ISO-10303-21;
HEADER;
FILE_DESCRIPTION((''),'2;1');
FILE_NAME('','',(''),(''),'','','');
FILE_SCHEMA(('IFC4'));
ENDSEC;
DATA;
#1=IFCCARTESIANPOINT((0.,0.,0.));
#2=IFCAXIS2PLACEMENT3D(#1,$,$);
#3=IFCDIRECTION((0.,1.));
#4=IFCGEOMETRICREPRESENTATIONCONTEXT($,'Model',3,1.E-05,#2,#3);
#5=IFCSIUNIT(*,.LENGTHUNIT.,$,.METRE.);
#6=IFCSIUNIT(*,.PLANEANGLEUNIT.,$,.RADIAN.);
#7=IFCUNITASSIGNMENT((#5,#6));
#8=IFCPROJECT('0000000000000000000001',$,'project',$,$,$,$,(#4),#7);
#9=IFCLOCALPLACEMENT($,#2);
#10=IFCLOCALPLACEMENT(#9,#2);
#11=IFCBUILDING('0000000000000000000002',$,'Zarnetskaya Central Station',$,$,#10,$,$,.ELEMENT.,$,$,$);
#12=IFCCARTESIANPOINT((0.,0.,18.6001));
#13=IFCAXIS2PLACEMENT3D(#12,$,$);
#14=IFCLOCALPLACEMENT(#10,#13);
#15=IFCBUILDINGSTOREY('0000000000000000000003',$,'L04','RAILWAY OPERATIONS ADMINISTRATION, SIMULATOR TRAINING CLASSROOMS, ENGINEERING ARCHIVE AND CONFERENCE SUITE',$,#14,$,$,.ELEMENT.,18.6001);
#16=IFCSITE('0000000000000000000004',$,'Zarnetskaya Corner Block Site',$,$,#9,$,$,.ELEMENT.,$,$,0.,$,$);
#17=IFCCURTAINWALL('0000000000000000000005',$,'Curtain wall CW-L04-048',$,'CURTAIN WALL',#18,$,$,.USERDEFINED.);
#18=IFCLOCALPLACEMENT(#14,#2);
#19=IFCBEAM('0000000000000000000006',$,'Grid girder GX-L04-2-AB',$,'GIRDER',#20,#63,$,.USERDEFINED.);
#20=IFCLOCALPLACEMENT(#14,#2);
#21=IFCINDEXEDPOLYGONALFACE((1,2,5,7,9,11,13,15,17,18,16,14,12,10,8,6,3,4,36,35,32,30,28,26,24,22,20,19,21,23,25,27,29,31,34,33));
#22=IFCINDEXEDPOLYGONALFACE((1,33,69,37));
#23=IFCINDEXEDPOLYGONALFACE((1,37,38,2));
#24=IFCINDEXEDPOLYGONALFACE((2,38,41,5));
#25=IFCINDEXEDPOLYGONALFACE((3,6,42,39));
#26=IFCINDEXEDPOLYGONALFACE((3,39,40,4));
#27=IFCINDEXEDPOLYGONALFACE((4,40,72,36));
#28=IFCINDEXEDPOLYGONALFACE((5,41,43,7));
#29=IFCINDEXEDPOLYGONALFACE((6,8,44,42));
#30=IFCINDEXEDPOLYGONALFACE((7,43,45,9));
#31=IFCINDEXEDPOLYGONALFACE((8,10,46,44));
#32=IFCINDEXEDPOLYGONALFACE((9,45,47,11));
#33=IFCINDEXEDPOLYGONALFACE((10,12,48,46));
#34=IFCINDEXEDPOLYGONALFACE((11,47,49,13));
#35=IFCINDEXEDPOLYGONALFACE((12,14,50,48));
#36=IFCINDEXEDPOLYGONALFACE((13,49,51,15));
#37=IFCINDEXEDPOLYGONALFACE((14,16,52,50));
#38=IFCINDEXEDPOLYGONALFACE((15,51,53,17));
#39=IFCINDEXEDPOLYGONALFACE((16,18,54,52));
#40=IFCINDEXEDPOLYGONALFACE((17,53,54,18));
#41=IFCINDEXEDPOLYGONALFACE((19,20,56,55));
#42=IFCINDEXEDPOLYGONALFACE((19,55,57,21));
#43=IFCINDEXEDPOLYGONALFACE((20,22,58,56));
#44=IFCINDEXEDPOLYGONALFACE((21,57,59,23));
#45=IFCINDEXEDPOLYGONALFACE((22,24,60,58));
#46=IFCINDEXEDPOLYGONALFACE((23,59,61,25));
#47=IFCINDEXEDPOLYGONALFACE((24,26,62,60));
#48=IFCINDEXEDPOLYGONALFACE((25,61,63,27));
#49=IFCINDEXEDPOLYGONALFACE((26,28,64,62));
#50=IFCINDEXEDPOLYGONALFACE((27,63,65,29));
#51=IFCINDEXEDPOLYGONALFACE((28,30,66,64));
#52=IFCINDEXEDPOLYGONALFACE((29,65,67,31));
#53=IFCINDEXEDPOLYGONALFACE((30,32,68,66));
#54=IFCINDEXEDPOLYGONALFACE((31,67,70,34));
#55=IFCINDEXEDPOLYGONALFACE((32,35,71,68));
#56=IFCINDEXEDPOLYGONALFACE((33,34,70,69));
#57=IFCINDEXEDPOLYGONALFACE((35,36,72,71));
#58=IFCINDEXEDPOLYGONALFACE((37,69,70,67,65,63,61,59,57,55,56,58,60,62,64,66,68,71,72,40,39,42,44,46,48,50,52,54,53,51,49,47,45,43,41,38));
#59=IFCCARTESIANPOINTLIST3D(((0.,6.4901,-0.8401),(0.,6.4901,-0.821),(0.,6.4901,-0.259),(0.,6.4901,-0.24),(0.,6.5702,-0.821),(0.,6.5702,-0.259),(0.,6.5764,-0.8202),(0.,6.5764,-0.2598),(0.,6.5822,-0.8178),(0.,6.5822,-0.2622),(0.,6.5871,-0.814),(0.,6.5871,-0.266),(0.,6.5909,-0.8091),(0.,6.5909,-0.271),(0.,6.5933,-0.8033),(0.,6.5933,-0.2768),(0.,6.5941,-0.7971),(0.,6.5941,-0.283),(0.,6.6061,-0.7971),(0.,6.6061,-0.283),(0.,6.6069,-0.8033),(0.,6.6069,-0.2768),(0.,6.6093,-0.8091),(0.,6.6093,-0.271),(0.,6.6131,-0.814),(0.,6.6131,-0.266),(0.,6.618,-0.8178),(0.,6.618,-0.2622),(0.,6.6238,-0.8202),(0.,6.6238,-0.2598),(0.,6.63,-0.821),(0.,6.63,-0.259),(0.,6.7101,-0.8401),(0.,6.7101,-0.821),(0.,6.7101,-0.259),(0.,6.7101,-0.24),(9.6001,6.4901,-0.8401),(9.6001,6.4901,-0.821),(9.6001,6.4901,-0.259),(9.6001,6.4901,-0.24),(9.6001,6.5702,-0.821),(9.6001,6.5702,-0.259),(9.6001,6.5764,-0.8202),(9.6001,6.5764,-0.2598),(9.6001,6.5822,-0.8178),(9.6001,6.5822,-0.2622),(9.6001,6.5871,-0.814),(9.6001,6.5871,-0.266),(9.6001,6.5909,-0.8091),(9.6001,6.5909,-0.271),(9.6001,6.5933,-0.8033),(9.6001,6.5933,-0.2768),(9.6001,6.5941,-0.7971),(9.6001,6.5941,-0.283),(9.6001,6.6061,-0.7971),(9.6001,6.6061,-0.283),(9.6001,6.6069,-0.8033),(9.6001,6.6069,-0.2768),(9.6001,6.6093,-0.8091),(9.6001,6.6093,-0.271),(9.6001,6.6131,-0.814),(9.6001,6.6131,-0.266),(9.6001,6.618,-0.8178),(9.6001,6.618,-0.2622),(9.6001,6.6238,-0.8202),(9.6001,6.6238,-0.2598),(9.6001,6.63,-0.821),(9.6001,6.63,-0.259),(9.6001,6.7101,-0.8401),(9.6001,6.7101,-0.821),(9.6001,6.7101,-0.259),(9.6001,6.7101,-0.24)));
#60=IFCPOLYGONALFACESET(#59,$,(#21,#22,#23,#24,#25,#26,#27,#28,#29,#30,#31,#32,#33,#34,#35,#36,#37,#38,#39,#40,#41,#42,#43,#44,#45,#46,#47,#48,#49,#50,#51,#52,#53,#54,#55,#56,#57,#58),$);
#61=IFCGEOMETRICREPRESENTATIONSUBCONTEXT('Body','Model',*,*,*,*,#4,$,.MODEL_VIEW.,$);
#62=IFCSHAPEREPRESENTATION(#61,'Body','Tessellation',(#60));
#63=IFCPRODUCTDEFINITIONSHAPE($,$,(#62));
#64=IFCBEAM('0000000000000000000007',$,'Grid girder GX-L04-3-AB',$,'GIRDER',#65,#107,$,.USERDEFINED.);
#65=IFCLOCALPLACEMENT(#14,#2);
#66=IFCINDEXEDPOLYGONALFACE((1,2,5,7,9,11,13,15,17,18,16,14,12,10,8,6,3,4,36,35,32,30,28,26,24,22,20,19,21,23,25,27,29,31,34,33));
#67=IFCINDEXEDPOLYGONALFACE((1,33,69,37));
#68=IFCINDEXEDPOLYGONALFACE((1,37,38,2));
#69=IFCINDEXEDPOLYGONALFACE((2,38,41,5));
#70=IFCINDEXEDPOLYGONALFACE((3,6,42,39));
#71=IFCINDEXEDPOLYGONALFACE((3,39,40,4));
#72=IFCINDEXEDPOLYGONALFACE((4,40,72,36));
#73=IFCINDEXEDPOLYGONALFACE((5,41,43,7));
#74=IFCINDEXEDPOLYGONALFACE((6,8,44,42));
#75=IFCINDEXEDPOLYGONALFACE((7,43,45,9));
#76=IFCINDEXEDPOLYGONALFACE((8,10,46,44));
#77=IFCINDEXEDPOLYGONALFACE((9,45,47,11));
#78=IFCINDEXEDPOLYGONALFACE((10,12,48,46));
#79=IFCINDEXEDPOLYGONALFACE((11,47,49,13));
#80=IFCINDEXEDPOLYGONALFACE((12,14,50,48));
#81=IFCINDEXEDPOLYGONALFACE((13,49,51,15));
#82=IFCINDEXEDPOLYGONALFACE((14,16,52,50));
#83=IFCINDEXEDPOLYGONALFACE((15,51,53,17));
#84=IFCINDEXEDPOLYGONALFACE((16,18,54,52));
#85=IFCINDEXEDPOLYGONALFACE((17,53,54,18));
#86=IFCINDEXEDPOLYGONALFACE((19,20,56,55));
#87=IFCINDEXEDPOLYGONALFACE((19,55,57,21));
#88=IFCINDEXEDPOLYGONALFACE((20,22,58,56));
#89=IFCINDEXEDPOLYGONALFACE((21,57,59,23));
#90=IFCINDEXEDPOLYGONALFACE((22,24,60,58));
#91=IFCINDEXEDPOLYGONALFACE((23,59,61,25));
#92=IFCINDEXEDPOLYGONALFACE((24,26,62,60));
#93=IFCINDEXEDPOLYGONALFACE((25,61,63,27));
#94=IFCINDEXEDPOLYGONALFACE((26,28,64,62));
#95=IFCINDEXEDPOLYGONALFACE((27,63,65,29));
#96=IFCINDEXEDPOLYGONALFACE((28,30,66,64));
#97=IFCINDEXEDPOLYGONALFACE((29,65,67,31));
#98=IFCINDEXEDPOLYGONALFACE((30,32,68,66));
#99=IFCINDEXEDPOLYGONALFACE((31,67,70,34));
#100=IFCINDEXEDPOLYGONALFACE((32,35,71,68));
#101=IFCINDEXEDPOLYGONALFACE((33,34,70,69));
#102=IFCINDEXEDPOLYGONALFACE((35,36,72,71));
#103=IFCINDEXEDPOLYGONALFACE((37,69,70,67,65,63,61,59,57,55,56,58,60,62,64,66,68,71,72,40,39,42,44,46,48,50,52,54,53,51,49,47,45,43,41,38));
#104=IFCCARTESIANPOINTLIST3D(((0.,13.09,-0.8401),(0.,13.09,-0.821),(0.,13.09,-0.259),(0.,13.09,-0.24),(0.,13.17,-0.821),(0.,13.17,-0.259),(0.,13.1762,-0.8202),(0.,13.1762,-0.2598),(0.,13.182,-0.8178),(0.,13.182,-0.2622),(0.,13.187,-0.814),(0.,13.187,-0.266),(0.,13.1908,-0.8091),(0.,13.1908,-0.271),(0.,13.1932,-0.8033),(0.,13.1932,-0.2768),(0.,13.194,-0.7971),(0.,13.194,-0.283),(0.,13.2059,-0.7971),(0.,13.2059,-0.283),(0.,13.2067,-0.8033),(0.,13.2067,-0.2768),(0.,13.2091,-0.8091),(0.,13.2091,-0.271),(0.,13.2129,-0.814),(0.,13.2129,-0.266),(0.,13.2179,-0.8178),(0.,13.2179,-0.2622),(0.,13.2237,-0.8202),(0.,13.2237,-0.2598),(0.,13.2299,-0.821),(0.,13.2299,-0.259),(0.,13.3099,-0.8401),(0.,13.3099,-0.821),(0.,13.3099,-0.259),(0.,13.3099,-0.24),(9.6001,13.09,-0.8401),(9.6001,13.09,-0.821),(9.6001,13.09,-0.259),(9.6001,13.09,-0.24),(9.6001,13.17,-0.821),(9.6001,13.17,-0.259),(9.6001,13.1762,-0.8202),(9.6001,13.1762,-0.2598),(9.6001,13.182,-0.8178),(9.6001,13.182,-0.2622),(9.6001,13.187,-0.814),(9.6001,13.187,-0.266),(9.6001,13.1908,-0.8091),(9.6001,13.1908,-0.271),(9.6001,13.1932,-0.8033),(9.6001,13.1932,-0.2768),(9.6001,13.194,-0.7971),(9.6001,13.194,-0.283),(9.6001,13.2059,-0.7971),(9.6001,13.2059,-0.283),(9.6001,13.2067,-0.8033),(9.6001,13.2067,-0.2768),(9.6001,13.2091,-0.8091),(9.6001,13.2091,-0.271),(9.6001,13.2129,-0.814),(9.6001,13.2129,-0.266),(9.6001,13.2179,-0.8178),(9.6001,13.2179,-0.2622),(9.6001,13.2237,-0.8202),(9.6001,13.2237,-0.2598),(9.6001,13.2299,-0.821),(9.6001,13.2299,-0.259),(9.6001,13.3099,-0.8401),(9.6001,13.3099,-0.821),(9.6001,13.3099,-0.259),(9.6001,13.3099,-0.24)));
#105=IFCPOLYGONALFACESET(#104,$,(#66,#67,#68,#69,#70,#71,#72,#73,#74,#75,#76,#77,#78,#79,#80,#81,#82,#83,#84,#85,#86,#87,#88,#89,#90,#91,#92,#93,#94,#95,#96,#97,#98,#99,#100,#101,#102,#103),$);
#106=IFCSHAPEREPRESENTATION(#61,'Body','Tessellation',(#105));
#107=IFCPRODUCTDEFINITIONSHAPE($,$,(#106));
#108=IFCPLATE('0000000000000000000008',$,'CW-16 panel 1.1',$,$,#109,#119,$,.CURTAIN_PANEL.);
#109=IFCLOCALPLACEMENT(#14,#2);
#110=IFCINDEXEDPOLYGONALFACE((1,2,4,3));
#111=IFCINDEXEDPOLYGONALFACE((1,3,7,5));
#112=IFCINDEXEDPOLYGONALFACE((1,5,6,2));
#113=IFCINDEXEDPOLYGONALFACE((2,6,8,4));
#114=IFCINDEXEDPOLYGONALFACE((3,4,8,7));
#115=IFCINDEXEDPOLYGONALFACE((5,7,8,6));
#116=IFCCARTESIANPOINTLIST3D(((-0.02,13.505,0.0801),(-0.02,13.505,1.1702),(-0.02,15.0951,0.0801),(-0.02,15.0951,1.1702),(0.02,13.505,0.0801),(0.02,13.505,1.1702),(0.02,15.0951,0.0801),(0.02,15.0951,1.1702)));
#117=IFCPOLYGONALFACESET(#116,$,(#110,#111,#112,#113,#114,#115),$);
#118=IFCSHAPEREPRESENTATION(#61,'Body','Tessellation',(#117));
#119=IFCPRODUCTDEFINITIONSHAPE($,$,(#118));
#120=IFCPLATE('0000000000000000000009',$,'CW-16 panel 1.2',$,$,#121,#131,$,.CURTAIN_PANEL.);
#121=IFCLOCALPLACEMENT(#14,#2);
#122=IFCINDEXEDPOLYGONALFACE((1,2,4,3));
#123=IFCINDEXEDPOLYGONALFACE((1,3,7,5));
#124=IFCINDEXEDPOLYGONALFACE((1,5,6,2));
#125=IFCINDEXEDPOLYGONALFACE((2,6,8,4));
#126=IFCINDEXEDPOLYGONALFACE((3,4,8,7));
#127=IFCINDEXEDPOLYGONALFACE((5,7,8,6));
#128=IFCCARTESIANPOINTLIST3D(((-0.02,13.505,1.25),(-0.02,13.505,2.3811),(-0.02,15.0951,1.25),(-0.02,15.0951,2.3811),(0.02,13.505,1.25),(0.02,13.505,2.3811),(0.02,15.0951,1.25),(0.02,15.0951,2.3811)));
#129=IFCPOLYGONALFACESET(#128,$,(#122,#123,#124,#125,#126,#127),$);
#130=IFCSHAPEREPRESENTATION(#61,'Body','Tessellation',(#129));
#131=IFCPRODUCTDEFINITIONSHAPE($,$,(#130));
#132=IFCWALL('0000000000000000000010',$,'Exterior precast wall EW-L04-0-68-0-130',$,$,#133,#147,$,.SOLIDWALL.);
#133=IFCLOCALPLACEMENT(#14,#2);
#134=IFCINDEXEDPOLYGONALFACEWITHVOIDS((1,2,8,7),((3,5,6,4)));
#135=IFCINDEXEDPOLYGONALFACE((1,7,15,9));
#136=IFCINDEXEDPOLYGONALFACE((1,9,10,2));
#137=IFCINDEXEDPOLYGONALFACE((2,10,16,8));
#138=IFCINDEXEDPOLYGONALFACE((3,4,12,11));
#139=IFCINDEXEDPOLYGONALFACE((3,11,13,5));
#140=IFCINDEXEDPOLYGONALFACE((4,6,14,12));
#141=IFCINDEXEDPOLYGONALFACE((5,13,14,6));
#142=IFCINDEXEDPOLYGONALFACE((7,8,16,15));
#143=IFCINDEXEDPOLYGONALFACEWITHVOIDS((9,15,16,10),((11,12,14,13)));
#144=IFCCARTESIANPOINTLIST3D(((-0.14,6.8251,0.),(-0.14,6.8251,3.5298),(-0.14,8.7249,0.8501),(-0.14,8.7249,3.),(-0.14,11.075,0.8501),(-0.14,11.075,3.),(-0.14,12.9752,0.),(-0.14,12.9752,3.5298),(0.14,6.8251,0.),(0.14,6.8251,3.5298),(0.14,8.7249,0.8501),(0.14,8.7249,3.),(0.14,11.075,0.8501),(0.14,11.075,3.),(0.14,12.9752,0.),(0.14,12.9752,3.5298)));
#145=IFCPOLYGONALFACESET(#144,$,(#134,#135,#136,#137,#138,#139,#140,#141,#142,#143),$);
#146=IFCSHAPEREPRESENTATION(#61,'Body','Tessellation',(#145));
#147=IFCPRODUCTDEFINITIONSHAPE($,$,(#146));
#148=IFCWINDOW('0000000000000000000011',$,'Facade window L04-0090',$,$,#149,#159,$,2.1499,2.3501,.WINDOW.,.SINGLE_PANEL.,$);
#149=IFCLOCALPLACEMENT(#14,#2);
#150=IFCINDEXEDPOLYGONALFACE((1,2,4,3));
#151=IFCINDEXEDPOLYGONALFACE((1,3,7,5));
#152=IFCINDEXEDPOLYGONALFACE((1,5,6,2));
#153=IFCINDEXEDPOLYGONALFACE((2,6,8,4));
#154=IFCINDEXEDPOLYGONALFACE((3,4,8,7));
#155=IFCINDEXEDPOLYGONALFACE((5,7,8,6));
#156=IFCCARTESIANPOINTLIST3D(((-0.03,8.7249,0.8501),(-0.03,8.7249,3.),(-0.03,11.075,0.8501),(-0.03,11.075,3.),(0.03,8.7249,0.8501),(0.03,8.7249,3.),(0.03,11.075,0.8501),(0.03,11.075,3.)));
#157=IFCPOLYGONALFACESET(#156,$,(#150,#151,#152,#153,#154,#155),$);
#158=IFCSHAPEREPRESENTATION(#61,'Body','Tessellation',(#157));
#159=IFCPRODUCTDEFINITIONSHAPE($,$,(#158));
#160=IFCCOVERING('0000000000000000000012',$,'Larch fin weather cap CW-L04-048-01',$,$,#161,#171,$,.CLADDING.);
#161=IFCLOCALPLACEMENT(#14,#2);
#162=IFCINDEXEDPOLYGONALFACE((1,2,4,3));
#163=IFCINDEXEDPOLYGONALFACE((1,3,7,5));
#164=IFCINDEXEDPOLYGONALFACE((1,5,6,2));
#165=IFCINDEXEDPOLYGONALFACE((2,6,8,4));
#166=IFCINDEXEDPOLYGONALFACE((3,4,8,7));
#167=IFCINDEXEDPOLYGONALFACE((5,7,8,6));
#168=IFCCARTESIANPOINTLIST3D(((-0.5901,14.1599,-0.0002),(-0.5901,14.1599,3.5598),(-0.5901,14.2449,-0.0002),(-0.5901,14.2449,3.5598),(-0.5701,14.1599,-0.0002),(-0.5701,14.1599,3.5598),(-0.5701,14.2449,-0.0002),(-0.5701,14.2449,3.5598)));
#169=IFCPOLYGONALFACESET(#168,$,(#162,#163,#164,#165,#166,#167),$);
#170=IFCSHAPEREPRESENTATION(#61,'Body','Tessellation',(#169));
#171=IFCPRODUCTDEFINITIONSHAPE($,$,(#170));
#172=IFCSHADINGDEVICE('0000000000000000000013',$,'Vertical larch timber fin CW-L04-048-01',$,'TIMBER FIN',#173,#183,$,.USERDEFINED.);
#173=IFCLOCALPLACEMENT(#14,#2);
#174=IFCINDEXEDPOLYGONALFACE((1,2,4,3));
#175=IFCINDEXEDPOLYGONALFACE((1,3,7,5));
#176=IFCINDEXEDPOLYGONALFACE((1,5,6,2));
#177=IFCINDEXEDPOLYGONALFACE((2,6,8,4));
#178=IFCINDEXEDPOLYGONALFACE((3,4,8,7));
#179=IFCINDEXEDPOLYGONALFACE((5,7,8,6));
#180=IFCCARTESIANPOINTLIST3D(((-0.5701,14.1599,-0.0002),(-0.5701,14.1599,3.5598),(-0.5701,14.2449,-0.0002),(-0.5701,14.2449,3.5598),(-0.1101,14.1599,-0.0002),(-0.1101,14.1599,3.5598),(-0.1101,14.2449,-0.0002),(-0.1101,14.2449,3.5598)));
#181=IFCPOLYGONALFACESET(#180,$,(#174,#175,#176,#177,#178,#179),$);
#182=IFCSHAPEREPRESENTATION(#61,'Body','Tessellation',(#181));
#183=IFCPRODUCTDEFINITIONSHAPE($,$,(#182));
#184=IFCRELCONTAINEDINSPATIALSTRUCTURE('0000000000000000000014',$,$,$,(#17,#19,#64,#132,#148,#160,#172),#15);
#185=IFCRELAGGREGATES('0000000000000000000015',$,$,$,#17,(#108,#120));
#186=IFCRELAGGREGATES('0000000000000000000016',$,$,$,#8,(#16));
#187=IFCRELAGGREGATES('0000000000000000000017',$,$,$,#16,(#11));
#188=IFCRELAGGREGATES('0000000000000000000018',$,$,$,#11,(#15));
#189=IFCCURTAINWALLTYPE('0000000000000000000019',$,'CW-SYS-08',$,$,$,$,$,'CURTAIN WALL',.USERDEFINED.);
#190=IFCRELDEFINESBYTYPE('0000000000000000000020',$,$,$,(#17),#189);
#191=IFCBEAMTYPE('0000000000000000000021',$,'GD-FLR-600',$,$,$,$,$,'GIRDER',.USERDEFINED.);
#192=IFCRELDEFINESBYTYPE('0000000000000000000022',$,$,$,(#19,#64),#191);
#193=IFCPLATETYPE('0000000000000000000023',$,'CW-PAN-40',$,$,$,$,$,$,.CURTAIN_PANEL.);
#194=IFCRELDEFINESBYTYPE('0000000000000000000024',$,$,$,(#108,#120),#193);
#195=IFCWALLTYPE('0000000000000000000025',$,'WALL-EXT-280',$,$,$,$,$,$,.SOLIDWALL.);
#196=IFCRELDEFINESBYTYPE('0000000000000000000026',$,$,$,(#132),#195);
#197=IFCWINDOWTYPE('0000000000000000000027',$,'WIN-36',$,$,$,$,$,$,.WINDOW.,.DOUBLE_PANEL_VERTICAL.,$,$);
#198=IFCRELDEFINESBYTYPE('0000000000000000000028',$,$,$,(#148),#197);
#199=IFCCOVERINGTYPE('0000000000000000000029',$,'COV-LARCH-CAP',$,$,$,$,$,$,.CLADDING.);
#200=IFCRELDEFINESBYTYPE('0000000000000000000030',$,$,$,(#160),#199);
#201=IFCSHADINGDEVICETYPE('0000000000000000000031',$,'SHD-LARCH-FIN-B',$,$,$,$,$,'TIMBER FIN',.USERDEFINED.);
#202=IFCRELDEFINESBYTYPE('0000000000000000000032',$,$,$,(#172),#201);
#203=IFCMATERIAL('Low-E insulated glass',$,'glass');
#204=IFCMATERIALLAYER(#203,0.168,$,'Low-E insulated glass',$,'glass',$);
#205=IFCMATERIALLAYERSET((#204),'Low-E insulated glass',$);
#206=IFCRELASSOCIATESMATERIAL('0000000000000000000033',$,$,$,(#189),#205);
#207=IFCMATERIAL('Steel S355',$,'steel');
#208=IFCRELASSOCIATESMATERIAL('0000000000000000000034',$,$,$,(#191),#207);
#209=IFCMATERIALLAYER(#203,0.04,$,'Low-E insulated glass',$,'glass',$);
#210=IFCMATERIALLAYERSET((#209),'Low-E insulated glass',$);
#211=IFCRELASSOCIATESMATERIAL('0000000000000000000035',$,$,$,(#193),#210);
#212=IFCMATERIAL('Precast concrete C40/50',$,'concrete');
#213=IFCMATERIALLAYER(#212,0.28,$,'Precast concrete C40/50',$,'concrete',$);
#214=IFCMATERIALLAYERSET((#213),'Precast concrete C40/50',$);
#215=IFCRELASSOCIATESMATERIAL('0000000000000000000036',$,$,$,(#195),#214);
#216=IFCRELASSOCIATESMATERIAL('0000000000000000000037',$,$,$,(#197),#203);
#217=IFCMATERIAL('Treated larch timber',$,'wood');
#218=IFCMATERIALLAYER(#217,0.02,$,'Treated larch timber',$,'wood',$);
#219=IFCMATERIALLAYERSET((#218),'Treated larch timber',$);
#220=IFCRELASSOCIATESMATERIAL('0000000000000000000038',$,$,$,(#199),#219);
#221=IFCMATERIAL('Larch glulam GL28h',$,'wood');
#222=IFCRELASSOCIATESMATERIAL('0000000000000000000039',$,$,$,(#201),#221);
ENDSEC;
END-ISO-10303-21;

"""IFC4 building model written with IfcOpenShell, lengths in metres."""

from ifc_helpers import new_model, si_unit, direction, frame, frame_2d, origin, origin_2d, place, context, subcontext, project, spatial, rectangle, i_section, extrude, material, layer, layer_set, material_profile, profile_set, type_object, element, fill, aggregate, save


model = new_model("IFC4")

# Units and contexts
model_context = context("Model", 3, precision=1e-05, world=origin(), true_north=direction((0.0, 1.0)))
body_context = subcontext(model_context, "Body", "Model", "MODEL_VIEW")
ifc_project = project(units=[si_unit("LENGTHUNIT", "METRE"), si_unit("PLANEANGLEUNIT", "RADIAN")], contexts=[model_context])

# Site, building, storey
site_placement = place(None, origin())
site = spatial("IfcSite", under=ifc_project, at=site_placement, Name="Zarnetskaya Corner Block Site", CompositionType="ELEMENT", RefElevation=0.0)
building_placement = place(site_placement, origin())
building = spatial("IfcBuilding", under=site, at=building_placement, Name="Zarnetskaya Central Station", CompositionType="ELEMENT")
storey_placement = place(building_placement, frame((0.0, 0.0, 18.6001)))
storey = spatial("IfcBuildingStorey", under=building, at=storey_placement, Name="L04", Description="RAILWAY OPERATIONS ADMINISTRATION, SIMULATOR TRAINING CLASSROOMS, ENGINEERING ARCHIVE AND CONFERENCE SUITE", CompositionType="ELEMENT", Elevation=18.6001)

# Shared definitions
ifc_material_1 = material(Name="Steel S355", Category="steel")

# Shared definitions
ifc_material_2 = material(Name="Low-E insulated glass", Category="glass")

# Curtain wall
ifc_layer_1 = layer(ifc_material_2, 0.168, Name="Low-E insulated glass", Category="glass")
ifc_layer_set_1 = layer_set([ifc_layer_1], Name="Low-E insulated glass")
curtain_wall_type_1 = type_object("IfcCurtainWallType", Name="CW-SYS-08", ElementType="CURTAIN WALL", PredefinedType="USERDEFINED", material=ifc_layer_set_1)
curtain_wall_1_placement = place(storey_placement, origin())
curtain_wall_1 = element("IfcCurtainWall", 1, at=curtain_wall_1_placement, inside=storey, type_object=curtain_wall_type_1, Name="Curtain wall CW-L04-048", ObjectType="CURTAIN WALL", PredefinedType="USERDEFINED")

# Beams
ifc_material_profile_1 = material_profile(ifc_material_1, i_section(OverallWidth=0.22, OverallDepth=0.6001, WebThickness=0.012, FlangeThickness=0.019, FilletRadius=0.0239, at=origin_2d()), Name="IPE 600")
ifc_profile_set_1 = profile_set([ifc_material_profile_1], Name="Steel S355")
beam_type_1 = type_object("IfcBeamType", Name="GD-FLR-600", ElementType="GIRDER", PredefinedType="USERDEFINED", material=ifc_profile_set_1)
for number, where, z_axis, x_axis, name in (
    (2, (0.0, 6.6001, -0.54), (1.0, 0.0, 0.0), (0.0, 1.0, 0.0), "Grid girder GX-L04-2-AB"),
    (3, (0.0, 13.2, -0.54), (1.0, 0.0, 0.0), (0.0, 1.0, 0.0), "Grid girder GX-L04-3-AB"),
):
    element("IfcBeam", number, at=place(storey_placement, frame(where, z_axis=z_axis, x_axis=x_axis)), inside=storey, type_object=beam_type_1, Name=name, ObjectType="GIRDER", PredefinedType="USERDEFINED", context=body_context, shape_type="SweptSolid", body=[
        extrude(i_section(OverallWidth=0.22, OverallDepth=0.6001, WebThickness=0.012, FlangeThickness=0.019, FilletRadius=0.0239, at=origin_2d()), origin(), (0.0, 0.0, 1.0), 9.6001),
    ])

# Plates
ifc_layer_2 = layer(ifc_material_2, 0.04, Name="Low-E insulated glass", Category="glass")
ifc_layer_set_2 = layer_set([ifc_layer_2], Name="Low-E insulated glass")
plate_type = type_object("IfcPlateType", Name="CW-PAN-40", PredefinedType="CURTAIN_PANEL", material=ifc_layer_set_2)
plate_1_placement = place(storey_placement, frame((0.0, 14.3, 0.0801), z_axis=(0.0, 0.0, 1.0), x_axis=(0.0, 1.0, 0.0)))
plate_1 = element("IfcPlate", 4, at=plate_1_placement, type_object=plate_type, Name="CW-16 panel 1.1", PredefinedType="CURTAIN_PANEL", context=body_context, shape_type="SweptSolid", body=[
    extrude(rectangle(XDim=1.5901, YDim=0.04, at=origin_2d()), origin(), (0.0, 0.0, 1.0), 1.0901),
])
plate_2_placement = place(storey_placement, frame((0.0, 14.3, 1.25), z_axis=(0.0, 0.0, 1.0), x_axis=(0.0, 1.0, 0.0)))
plate_2 = element("IfcPlate", 5, at=plate_2_placement, type_object=plate_type, Name="CW-16 panel 1.2", PredefinedType="CURTAIN_PANEL", context=body_context, shape_type="SweptSolid", body=[
    extrude(rectangle(XDim=1.5901, YDim=0.04, at=origin_2d()), origin(), (0.0, 0.0, 1.0), 1.1311),
])
aggregate(curtain_wall_1, [plate_1, plate_2])

# Wall, opening, window
ifc_material_3 = material(Name="Precast concrete C40/50", Category="concrete")
ifc_layer_3 = layer(ifc_material_3, 0.28, Name="Precast concrete C40/50", Category="concrete")
ifc_layer_set_3 = layer_set([ifc_layer_3], Name="Precast concrete C40/50")
wall_type = type_object("IfcWallType", Name="WALL-EXT-280", PredefinedType="SOLIDWALL", material=ifc_layer_set_3)
wall_placement = place(storey_placement, frame((0.0, 6.825, 0.0), z_axis=(0.0, 0.0, 1.0), x_axis=(0.0, 1.0, 0.0)))
wall = element("IfcWall", 6, at=wall_placement, inside=storey, type_object=wall_type, Name="Exterior precast wall EW-L04-0-68-0-130", PredefinedType="SOLIDWALL", context=body_context, shape_type="SweptSolid", body=[
    extrude(rectangle(XDim=6.1501, YDim=0.28, at=frame_2d((3.0752, 0.0))), origin(), (0.0, 0.0, 1.0), 3.5298),
])
opening_placement = place(wall_placement, frame((1.8999, 0.0, 0.8501)))
opening = element("IfcOpeningElement", 7, at=opening_placement, cuts=wall, PredefinedType="OPENING", context=body_context, shape_type="SweptSolid", body=[
    extrude(rectangle(XDim=2.3501, YDim=2.1499, at=frame_2d((1.175, 1.075))), frame((0.0, 0.1499, 0.0), z_axis=(0.0, -1.0, 0.0), x_axis=(1.0, 0.0, 0.0)), (0.0, 0.0, 1.0), 0.3),
])
window_type = type_object("IfcWindowType", Name="WIN-36", PartitioningType="DOUBLE_PANEL_VERTICAL", PredefinedType="WINDOW", material=ifc_material_2)
window_placement = place(opening_placement, origin())
window = element("IfcWindow", 8, at=window_placement, inside=storey, type_object=window_type, Name="Facade window L04-0090", OverallHeight=2.1499, OverallWidth=2.3501, PartitioningType="SINGLE_PANEL", PredefinedType="WINDOW", context=body_context, shape_type="SweptSolid", body=[
    extrude(rectangle(XDim=2.3501, YDim=2.1499, at=frame_2d((1.175, 1.075))), frame((0.0, 0.03, 0.0), z_axis=(0.0, -1.0, 0.0), x_axis=(1.0, 0.0, 0.0)), (0.0, 0.0, 1.0), 0.0601),
])
fill(opening, window)

# Covering
ifc_material_4 = material(Name="Treated larch timber", Category="wood")
ifc_layer_4 = layer(ifc_material_4, 0.02, Name="Treated larch timber", Category="wood")
ifc_layer_set_4 = layer_set([ifc_layer_4], Name="Treated larch timber")
covering_type = type_object("IfcCoveringType", Name="COV-LARCH-CAP", PredefinedType="CLADDING", material=ifc_layer_set_4)
covering_placement = place(storey_placement, frame((-0.5801, 14.2024, -0.0002), z_axis=(0.0, 0.0, 1.0), x_axis=(0.0, 1.0, 0.0)))
element("IfcCovering", 9, at=covering_placement, inside=storey, type_object=covering_type, Name="Larch fin weather cap CW-L04-048-01", PredefinedType="CLADDING", context=body_context, shape_type="SweptSolid", body=[
    extrude(rectangle(XDim=0.085, YDim=0.02, at=origin_2d()), origin(), (0.0, 0.0, 1.0), 3.5601),
])

# Shading device
ifc_material_5 = material(Name="Larch glulam GL28h", Category="wood")
shading_device_type = type_object("IfcShadingDeviceType", Name="SHD-LARCH-FIN-B", ElementType="TIMBER FIN", PredefinedType="USERDEFINED", material=ifc_material_5)
shading_device_placement = place(storey_placement, frame((-0.3401, 14.2024, -0.0002), z_axis=(0.0, 0.0, 1.0), x_axis=(0.0, 1.0, 0.0)))
element("IfcShadingDevice", 10, at=shading_device_placement, inside=storey, type_object=shading_device_type, Name="Vertical larch timber fin CW-L04-048-01", ObjectType="TIMBER FIN", PredefinedType="USERDEFINED", context=body_context, shape_type="SweptSolid", body=[
    extrude(rectangle(XDim=0.085, YDim=0.46, at=origin_2d()), origin(), (0.0, 0.0, 1.0), 3.5601),
])

save(model, "model.ifc")
